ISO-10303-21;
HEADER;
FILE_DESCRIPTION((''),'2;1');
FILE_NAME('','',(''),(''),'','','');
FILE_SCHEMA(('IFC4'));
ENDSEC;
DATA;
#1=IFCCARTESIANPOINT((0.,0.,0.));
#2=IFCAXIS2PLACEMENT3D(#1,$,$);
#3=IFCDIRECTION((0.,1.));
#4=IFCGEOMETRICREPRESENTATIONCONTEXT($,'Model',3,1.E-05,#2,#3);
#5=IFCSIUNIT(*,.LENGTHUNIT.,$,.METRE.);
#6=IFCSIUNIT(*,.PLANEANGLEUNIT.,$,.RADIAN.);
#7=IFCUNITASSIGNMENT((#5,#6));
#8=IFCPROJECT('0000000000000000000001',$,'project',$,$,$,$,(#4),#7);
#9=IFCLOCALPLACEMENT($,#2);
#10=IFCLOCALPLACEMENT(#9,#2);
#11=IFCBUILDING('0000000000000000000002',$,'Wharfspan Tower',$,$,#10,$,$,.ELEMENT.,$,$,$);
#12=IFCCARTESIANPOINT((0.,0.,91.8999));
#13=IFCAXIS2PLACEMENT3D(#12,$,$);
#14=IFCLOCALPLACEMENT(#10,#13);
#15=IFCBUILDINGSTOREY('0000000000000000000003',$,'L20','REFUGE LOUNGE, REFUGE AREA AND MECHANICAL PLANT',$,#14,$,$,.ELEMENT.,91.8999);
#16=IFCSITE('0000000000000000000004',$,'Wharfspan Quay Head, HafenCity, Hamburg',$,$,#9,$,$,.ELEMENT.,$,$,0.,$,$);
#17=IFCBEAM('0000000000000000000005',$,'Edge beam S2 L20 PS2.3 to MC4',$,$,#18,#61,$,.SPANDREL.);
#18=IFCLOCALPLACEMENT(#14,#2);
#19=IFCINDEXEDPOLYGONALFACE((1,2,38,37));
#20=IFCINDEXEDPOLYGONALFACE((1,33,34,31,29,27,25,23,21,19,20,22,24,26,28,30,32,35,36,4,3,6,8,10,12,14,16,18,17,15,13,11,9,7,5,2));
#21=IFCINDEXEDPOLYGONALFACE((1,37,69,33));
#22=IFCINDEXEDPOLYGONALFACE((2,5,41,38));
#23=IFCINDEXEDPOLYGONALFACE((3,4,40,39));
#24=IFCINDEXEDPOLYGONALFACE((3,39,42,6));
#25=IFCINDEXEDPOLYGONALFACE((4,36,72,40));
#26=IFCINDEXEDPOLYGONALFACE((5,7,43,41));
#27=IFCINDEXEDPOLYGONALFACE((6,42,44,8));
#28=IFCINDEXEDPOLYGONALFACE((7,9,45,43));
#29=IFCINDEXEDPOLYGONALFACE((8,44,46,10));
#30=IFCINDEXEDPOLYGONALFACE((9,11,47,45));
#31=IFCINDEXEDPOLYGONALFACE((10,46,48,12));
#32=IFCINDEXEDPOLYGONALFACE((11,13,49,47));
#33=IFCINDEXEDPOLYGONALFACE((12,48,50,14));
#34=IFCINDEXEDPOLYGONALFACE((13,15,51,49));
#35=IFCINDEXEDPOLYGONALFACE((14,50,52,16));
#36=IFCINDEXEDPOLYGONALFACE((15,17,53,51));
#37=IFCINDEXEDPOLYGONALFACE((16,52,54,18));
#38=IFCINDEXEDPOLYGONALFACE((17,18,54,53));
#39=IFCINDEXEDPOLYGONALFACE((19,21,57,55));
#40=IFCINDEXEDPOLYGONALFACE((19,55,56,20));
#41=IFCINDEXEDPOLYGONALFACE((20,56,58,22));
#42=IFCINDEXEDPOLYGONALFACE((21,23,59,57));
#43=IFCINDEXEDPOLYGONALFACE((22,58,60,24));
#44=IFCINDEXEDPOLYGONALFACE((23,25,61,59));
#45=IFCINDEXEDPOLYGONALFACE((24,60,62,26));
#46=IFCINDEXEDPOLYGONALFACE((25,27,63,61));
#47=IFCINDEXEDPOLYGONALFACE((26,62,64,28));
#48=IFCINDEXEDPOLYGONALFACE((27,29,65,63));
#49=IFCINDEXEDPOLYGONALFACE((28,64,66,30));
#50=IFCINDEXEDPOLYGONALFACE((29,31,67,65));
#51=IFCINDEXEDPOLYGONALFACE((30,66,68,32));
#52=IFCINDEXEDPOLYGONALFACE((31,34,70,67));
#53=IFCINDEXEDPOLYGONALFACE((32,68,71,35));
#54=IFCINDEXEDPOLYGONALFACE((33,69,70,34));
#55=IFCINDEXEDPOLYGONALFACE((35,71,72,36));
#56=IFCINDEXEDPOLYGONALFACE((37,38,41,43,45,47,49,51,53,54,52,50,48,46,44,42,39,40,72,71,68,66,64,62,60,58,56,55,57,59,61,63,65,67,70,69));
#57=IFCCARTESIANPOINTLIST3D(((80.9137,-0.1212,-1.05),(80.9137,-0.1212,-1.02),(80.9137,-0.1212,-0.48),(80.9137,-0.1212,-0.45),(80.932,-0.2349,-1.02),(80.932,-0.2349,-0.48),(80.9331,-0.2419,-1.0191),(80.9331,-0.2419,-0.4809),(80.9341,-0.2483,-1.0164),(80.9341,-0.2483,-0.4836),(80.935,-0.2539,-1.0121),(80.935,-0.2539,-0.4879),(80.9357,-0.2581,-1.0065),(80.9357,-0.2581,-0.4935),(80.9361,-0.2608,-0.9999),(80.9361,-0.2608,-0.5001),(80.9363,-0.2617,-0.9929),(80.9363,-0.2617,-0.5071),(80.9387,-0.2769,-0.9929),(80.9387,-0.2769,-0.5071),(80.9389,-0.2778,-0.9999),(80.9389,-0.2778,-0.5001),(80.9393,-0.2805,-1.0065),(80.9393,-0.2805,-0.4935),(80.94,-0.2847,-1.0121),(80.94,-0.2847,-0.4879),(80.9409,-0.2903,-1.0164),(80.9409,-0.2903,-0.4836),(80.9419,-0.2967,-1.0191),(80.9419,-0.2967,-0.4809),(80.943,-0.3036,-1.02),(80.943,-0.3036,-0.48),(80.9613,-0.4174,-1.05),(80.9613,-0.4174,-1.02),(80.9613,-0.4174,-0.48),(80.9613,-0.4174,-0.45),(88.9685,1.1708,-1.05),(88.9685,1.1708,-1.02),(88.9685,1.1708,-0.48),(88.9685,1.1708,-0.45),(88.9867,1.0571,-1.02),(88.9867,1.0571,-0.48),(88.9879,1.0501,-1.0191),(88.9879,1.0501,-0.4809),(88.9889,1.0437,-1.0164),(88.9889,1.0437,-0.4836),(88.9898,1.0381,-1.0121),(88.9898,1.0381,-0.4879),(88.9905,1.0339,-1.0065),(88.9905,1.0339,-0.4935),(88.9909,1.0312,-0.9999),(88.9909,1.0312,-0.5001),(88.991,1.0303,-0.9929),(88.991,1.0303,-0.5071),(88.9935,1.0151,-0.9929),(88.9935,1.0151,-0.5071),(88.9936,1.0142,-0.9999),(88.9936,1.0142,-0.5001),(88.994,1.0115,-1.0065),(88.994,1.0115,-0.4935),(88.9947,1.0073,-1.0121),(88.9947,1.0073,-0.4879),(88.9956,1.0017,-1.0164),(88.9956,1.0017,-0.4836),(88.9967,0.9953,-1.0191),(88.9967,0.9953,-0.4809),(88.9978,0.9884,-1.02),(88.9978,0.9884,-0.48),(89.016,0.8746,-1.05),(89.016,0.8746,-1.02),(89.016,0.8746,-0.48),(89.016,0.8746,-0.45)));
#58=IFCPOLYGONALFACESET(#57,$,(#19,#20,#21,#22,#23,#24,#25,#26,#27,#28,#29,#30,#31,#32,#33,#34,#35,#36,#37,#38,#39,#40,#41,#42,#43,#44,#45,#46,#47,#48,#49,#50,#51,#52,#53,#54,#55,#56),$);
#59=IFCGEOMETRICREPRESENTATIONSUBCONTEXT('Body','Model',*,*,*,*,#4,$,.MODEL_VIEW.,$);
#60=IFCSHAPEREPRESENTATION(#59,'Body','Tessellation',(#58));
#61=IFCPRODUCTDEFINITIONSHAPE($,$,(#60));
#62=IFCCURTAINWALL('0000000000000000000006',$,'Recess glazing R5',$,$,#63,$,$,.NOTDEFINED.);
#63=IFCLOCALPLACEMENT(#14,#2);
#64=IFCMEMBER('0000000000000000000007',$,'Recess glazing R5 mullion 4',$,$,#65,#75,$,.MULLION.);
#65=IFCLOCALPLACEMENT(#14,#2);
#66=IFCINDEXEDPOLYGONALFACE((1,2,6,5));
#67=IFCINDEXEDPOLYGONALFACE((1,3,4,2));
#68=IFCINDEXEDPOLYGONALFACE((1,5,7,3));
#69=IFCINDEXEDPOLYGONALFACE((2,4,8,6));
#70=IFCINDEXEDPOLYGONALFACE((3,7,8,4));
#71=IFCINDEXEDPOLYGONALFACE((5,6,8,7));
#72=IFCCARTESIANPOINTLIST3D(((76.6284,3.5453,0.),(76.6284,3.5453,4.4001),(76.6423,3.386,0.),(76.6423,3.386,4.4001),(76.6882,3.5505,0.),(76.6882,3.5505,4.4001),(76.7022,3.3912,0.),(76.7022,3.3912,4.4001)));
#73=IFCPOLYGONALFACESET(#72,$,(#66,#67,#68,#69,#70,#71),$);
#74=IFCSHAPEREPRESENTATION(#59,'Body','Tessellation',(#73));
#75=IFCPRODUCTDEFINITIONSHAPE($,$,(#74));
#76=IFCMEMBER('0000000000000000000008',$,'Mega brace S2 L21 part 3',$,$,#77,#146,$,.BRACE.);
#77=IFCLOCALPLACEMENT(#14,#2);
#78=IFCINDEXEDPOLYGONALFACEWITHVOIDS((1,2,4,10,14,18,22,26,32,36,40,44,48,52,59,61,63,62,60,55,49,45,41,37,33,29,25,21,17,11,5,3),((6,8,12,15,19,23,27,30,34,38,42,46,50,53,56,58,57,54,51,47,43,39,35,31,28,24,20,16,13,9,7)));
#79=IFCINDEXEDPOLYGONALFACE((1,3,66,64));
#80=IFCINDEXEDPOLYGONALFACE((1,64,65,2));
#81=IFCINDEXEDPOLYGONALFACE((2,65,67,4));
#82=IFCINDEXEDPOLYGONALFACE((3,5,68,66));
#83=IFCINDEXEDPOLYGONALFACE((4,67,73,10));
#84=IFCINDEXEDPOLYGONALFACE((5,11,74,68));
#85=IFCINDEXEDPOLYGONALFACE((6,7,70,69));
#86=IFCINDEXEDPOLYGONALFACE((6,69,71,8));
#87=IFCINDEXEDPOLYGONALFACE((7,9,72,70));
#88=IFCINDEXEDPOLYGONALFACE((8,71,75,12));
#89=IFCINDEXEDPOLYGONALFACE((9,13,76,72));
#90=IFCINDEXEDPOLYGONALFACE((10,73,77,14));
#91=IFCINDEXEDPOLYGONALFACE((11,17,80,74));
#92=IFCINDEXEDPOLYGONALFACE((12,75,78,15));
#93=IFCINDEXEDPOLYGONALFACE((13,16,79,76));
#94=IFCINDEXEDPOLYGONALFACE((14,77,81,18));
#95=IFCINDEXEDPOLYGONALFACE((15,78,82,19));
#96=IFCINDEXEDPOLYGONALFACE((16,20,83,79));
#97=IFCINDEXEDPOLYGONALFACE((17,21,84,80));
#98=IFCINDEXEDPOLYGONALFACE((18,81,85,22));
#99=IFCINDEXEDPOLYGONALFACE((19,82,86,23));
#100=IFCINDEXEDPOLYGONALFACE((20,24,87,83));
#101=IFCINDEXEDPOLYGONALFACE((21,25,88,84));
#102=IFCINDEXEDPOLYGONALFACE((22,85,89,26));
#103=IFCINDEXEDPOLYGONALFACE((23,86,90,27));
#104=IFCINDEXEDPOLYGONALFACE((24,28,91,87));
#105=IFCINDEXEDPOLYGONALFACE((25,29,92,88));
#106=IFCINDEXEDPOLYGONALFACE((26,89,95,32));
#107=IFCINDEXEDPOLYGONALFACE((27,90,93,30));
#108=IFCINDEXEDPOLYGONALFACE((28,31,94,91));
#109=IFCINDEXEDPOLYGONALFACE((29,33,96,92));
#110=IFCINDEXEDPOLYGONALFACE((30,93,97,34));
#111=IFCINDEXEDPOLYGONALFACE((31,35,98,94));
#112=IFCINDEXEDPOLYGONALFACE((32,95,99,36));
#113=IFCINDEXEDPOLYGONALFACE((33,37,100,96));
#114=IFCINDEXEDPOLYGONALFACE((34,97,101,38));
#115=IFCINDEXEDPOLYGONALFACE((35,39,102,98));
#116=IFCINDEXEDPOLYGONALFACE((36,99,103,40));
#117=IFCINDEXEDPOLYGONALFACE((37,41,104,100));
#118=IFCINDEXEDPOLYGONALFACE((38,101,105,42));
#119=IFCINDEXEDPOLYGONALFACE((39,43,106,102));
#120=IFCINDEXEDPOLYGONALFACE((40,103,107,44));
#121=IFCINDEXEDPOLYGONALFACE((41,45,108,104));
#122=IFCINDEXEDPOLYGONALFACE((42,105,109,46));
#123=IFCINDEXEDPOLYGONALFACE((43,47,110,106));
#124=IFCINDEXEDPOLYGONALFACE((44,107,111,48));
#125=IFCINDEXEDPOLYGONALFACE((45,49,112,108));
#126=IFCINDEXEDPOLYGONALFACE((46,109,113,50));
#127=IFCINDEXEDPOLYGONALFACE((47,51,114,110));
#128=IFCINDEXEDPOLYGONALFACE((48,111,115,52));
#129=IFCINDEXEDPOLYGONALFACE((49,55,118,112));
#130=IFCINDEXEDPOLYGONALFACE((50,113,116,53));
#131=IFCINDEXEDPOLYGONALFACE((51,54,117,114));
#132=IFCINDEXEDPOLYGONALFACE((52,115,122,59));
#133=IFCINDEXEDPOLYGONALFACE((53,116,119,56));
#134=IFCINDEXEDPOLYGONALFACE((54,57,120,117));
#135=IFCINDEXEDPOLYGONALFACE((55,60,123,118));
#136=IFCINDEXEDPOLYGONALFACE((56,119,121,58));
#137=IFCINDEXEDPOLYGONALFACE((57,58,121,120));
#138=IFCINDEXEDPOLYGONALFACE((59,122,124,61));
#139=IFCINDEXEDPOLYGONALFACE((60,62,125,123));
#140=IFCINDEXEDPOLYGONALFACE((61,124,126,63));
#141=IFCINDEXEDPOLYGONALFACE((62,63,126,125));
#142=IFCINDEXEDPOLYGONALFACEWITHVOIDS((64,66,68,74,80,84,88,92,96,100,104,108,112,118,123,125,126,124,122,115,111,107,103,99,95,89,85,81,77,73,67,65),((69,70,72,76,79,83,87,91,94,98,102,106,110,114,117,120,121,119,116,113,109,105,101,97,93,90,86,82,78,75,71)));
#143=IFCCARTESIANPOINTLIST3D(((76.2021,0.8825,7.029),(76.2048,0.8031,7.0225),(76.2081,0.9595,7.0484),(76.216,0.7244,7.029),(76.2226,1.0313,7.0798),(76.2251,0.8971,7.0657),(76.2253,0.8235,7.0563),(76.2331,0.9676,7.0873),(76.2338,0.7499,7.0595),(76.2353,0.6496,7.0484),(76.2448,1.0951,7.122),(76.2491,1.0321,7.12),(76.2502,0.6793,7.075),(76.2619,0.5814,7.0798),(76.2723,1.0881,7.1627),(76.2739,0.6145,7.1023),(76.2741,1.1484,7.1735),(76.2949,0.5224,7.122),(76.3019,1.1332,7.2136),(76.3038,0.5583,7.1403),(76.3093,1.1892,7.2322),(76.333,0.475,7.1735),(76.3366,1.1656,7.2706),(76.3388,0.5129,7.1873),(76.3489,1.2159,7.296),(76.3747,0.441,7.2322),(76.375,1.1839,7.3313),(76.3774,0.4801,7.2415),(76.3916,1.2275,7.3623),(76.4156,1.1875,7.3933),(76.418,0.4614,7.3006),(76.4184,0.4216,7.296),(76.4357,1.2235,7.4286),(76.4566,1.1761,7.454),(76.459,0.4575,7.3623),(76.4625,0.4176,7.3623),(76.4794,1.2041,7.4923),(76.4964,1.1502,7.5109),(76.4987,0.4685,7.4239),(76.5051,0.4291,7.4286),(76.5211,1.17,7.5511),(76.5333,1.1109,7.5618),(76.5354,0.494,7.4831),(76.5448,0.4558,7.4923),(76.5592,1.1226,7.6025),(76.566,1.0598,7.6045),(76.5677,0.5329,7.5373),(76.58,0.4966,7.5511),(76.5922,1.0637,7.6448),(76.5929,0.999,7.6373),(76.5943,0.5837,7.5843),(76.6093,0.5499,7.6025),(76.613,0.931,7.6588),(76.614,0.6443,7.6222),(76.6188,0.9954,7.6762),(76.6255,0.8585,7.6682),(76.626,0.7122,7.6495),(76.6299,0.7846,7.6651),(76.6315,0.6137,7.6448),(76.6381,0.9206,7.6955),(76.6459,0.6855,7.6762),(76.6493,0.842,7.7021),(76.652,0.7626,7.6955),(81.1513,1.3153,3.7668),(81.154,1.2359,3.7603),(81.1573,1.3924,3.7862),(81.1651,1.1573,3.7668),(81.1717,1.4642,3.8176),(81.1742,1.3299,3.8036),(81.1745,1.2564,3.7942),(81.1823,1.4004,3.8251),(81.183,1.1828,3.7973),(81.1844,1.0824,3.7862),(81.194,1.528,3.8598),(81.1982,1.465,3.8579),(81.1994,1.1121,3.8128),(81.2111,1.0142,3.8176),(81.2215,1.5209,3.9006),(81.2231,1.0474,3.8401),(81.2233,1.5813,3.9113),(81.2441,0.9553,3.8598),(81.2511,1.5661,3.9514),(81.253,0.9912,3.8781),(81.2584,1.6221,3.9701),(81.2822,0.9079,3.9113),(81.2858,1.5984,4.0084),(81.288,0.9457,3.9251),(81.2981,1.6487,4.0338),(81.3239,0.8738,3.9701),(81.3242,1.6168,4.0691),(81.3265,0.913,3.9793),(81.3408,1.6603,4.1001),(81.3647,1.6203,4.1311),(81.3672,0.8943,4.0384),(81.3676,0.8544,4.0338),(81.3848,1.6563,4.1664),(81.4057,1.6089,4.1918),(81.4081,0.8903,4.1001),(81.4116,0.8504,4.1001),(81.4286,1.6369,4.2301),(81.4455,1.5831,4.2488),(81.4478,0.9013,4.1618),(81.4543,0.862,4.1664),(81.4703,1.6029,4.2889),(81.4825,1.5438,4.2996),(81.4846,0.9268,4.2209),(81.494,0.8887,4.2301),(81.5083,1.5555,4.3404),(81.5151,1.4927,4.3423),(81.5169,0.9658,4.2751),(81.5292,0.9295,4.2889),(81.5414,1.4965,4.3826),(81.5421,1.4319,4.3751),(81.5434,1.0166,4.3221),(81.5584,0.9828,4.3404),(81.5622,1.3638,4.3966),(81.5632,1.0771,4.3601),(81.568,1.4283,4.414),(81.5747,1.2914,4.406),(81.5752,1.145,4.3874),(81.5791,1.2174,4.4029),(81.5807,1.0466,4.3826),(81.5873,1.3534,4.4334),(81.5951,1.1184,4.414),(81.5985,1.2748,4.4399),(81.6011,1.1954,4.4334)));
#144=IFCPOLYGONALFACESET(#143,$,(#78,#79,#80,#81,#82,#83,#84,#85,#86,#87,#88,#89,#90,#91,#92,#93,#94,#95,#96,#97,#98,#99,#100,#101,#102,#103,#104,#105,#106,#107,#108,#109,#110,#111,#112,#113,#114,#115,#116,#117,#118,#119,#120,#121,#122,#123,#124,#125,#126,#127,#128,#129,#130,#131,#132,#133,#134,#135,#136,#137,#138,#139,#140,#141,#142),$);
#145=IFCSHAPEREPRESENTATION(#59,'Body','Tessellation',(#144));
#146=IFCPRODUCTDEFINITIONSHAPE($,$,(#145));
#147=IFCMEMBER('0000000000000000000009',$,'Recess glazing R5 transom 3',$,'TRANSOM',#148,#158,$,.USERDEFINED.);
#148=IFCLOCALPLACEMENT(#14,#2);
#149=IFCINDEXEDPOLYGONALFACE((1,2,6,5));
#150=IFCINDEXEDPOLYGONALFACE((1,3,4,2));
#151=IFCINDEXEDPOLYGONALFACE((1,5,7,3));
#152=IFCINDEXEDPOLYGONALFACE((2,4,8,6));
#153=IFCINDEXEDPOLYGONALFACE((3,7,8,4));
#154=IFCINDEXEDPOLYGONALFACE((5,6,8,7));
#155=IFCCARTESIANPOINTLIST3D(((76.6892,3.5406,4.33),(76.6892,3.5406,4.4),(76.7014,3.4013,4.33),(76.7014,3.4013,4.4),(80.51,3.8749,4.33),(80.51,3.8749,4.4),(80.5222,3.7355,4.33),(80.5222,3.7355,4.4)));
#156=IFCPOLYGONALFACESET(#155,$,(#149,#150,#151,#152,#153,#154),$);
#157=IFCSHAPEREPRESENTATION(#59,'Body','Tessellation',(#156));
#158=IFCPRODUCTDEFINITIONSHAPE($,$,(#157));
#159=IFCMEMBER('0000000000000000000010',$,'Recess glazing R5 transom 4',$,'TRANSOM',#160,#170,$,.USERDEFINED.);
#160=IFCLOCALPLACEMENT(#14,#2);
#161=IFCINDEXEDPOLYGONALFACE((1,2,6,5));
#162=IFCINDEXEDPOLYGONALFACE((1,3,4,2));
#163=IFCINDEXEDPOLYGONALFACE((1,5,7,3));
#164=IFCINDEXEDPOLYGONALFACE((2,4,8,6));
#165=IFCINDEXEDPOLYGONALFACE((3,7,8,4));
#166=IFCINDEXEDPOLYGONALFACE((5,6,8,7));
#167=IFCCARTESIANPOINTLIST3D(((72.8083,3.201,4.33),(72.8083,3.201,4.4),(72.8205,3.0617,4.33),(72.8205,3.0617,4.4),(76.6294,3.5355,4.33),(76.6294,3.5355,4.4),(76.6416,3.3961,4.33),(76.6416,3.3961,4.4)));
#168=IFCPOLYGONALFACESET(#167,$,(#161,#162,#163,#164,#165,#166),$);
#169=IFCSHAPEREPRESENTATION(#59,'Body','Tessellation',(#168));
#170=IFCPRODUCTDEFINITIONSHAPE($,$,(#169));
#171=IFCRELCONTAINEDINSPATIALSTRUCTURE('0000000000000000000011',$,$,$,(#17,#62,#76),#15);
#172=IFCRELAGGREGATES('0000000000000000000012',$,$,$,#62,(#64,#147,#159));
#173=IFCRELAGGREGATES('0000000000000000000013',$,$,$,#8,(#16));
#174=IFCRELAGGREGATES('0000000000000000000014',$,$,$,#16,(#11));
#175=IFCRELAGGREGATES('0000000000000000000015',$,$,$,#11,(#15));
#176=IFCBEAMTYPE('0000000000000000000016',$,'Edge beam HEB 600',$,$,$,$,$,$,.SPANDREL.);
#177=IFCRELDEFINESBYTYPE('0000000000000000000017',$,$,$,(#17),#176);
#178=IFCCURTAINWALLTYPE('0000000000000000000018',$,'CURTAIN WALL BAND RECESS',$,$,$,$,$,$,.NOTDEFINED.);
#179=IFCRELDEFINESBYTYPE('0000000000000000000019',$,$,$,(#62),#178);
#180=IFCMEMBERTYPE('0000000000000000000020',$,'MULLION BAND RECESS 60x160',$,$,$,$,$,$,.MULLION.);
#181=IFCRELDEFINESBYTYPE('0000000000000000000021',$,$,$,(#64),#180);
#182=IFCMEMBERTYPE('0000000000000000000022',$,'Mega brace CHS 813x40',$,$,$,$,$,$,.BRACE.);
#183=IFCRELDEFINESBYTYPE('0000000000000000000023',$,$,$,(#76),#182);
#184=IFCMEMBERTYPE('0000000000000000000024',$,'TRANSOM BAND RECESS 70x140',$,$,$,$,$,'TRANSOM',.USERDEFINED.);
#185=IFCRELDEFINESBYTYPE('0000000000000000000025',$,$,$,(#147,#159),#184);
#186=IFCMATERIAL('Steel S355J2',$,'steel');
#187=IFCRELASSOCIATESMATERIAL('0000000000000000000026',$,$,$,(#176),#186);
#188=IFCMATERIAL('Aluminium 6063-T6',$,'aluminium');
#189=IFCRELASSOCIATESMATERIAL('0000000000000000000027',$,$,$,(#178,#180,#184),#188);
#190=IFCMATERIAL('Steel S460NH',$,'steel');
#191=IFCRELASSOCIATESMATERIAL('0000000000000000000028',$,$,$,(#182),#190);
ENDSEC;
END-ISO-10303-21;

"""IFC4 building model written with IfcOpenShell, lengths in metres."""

from ifc_helpers import new_model, si_unit, direction, frame, origin, origin_2d, place, context, subcontext, project, spatial, rectangle, hollow_circle, i_section, extrude, material, material_profile, profile_set, type_object, element, aggregate, save


model = new_model("IFC4")

# Units and contexts
model_context = context("Model", 3, precision=1e-05, world=origin(), true_north=direction((0.0, 1.0)))
body_context = subcontext(model_context, "Body", "Model", "MODEL_VIEW")
ifc_project = project(units=[si_unit("LENGTHUNIT", "METRE"), si_unit("PLANEANGLEUNIT", "RADIAN")], contexts=[model_context])

# Site, building, storey
site_placement = place(None, origin())
site = spatial("IfcSite", under=ifc_project, at=site_placement, Name="Wharfspan Quay Head, HafenCity, Hamburg", CompositionType="ELEMENT", RefElevation=0.0)
building_placement = place(site_placement, origin())
building = spatial("IfcBuilding", under=site, at=building_placement, Name="Wharfspan Tower", CompositionType="ELEMENT")
storey_placement = place(building_placement, frame((0.0, 0.0, 91.8999)))
storey = spatial("IfcBuildingStorey", under=building, at=storey_placement, Name="L20", Description="REFUGE LOUNGE, REFUGE AREA AND MECHANICAL PLANT", CompositionType="ELEMENT", Elevation=91.8999)

# Shared definitions
ifc_material_1 = material(Name="Steel S355J2", Category="steel")

# Beam
ifc_material_profile_1 = material_profile(ifc_material_1, i_section(OverallWidth=0.3, OverallDepth=0.6001, WebThickness=0.0154, FlangeThickness=0.03, FilletRadius=0.0271, at=origin_2d()))
ifc_profile_set_1 = profile_set([ifc_material_profile_1], Name="Steel S355J2")
beam_type = type_object("IfcBeamType", Name="Edge beam HEB 600", PredefinedType="SPANDREL", material=ifc_profile_set_1)
beam_placement = place(storey_placement, frame((80.9375, -0.2693, -0.75), z_axis=(0.987379, 0.158378, 0.0), x_axis=(-0.158378, 0.987379, 0.0)))
element("IfcBeam", 1, at=beam_placement, inside=storey, type_object=beam_type, Name="Edge beam S2 L20 PS2.3 to MC4", PredefinedType="SPANDREL", context=body_context, shape_type="SweptSolid", body=[
    extrude(i_section(OverallWidth=0.3, OverallDepth=0.6001, WebThickness=0.0154, FlangeThickness=0.03, FilletRadius=0.0271, at=origin_2d()), origin(), (0.0, 0.0, 1.0), 8.1577),
])

# Curtain wall, member
ifc_material_2 = material(Name="Aluminium 6063-T6", Category="aluminium")
curtain_wall_type = type_object("IfcCurtainWallType", Name="CURTAIN WALL BAND RECESS", PredefinedType="NOTDEFINED", material=ifc_material_2)
curtain_wall_placement = place(storey_placement, origin())
curtain_wall = element("IfcCurtainWall", 2, at=curtain_wall_placement, inside=storey, type_object=curtain_wall_type, Name="Recess glazing R5", PredefinedType="NOTDEFINED")
ifc_material_profile_2 = material_profile(ifc_material_2, rectangle(XDim=0.1599, YDim=0.0601, at=origin_2d()))
ifc_profile_set_2 = profile_set([ifc_material_profile_2], Name="Aluminium 6063-T6")
member_type_1 = type_object("IfcMemberType", Name="MULLION BAND RECESS 60x160", PredefinedType="MULLION", material=ifc_profile_set_2)
member_1_placement = place(storey_placement, frame((76.6653, 3.4683, 0.0), z_axis=(0.0, 0.0, 1.0), x_axis=(0.087156, -0.996198, 0.0)))
member_1 = element("IfcMember", 3, at=member_1_placement, type_object=member_type_1, Name="Recess glazing R5 mullion 4", PredefinedType="MULLION", context=body_context, shape_type="SweptSolid", body=[
    extrude(rectangle(XDim=0.1599, YDim=0.0601, at=origin_2d()), origin(), (0.0, 0.0, 1.0), 4.4001),
])

# Members
ifc_material_3 = material(Name="Steel S460NH", Category="steel")
ifc_material_profile_3 = material_profile(ifc_material_3, hollow_circle(Radius=0.4065, WallThickness=0.04, at=origin_2d()))
ifc_profile_set_3 = profile_set([ifc_material_profile_3], Name="Steel S460NH")
member_type_2 = type_object("IfcMemberType", Name="Mega brace CHS 813x40", PredefinedType="BRACE", material=ifc_profile_set_3)
member_2_placement = place(storey_placement, frame((81.3762, 1.2554, 4.1001), z_axis=(-0.832724, -0.07283, 0.548878), x_axis=(0.087128, -0.996197, 0.000001)))
element("IfcMember", 4, at=member_2_placement, inside=storey, type_object=member_type_2, Name="Mega brace S2 L21 part 3", PredefinedType="BRACE", context=body_context, shape_type="SweptSolid", body=[
    extrude(hollow_circle(Radius=0.4065, WallThickness=0.04, at=origin_2d()), origin(), (0.0, 0.0, 1.0), 5.9434),
])
ifc_material_profile_4 = material_profile(ifc_material_2, rectangle(XDim=0.1399, YDim=0.0701, at=origin_2d()))
ifc_profile_set_4 = profile_set([ifc_material_profile_4], Name="Aluminium 6063-T6")
member_type_3 = type_object("IfcMemberType", Name="TRANSOM BAND RECESS 70x140", ElementType="TRANSOM", PredefinedType="USERDEFINED", material=ifc_profile_set_4)
member_3_placement = place(storey_placement, frame((80.5161, 3.8052, 4.365), z_axis=(-0.996196, -0.087143, 0.0), x_axis=(0.087143, -0.996196, 0.0)))
member_3 = element("IfcMember", 5, at=member_3_placement, type_object=member_type_3, Name="Recess glazing R5 transom 3", ObjectType="TRANSOM", PredefinedType="USERDEFINED", context=body_context, shape_type="SweptSolid", body=[
    extrude(rectangle(XDim=0.1399, YDim=0.0701, at=origin_2d()), origin(), (0.0, 0.0, 1.0), 3.8354),
])
member_4_placement = place(storey_placement, frame((76.6355, 3.4658, 4.365), z_axis=(-0.996191, -0.087201, 0.0), x_axis=(0.087201, -0.996191, 0.0)))
member_4 = element("IfcMember", 6, at=member_4_placement, type_object=member_type_3, Name="Recess glazing R5 transom 4", ObjectType="TRANSOM", PredefinedType="USERDEFINED", context=body_context, shape_type="SweptSolid", body=[
    extrude(rectangle(XDim=0.1399, YDim=0.0701, at=origin_2d()), origin(), (0.0, 0.0, 1.0), 3.8357),
])

aggregate(curtain_wall, [member_1, member_3, member_4])

save(model, "model.ifc")
